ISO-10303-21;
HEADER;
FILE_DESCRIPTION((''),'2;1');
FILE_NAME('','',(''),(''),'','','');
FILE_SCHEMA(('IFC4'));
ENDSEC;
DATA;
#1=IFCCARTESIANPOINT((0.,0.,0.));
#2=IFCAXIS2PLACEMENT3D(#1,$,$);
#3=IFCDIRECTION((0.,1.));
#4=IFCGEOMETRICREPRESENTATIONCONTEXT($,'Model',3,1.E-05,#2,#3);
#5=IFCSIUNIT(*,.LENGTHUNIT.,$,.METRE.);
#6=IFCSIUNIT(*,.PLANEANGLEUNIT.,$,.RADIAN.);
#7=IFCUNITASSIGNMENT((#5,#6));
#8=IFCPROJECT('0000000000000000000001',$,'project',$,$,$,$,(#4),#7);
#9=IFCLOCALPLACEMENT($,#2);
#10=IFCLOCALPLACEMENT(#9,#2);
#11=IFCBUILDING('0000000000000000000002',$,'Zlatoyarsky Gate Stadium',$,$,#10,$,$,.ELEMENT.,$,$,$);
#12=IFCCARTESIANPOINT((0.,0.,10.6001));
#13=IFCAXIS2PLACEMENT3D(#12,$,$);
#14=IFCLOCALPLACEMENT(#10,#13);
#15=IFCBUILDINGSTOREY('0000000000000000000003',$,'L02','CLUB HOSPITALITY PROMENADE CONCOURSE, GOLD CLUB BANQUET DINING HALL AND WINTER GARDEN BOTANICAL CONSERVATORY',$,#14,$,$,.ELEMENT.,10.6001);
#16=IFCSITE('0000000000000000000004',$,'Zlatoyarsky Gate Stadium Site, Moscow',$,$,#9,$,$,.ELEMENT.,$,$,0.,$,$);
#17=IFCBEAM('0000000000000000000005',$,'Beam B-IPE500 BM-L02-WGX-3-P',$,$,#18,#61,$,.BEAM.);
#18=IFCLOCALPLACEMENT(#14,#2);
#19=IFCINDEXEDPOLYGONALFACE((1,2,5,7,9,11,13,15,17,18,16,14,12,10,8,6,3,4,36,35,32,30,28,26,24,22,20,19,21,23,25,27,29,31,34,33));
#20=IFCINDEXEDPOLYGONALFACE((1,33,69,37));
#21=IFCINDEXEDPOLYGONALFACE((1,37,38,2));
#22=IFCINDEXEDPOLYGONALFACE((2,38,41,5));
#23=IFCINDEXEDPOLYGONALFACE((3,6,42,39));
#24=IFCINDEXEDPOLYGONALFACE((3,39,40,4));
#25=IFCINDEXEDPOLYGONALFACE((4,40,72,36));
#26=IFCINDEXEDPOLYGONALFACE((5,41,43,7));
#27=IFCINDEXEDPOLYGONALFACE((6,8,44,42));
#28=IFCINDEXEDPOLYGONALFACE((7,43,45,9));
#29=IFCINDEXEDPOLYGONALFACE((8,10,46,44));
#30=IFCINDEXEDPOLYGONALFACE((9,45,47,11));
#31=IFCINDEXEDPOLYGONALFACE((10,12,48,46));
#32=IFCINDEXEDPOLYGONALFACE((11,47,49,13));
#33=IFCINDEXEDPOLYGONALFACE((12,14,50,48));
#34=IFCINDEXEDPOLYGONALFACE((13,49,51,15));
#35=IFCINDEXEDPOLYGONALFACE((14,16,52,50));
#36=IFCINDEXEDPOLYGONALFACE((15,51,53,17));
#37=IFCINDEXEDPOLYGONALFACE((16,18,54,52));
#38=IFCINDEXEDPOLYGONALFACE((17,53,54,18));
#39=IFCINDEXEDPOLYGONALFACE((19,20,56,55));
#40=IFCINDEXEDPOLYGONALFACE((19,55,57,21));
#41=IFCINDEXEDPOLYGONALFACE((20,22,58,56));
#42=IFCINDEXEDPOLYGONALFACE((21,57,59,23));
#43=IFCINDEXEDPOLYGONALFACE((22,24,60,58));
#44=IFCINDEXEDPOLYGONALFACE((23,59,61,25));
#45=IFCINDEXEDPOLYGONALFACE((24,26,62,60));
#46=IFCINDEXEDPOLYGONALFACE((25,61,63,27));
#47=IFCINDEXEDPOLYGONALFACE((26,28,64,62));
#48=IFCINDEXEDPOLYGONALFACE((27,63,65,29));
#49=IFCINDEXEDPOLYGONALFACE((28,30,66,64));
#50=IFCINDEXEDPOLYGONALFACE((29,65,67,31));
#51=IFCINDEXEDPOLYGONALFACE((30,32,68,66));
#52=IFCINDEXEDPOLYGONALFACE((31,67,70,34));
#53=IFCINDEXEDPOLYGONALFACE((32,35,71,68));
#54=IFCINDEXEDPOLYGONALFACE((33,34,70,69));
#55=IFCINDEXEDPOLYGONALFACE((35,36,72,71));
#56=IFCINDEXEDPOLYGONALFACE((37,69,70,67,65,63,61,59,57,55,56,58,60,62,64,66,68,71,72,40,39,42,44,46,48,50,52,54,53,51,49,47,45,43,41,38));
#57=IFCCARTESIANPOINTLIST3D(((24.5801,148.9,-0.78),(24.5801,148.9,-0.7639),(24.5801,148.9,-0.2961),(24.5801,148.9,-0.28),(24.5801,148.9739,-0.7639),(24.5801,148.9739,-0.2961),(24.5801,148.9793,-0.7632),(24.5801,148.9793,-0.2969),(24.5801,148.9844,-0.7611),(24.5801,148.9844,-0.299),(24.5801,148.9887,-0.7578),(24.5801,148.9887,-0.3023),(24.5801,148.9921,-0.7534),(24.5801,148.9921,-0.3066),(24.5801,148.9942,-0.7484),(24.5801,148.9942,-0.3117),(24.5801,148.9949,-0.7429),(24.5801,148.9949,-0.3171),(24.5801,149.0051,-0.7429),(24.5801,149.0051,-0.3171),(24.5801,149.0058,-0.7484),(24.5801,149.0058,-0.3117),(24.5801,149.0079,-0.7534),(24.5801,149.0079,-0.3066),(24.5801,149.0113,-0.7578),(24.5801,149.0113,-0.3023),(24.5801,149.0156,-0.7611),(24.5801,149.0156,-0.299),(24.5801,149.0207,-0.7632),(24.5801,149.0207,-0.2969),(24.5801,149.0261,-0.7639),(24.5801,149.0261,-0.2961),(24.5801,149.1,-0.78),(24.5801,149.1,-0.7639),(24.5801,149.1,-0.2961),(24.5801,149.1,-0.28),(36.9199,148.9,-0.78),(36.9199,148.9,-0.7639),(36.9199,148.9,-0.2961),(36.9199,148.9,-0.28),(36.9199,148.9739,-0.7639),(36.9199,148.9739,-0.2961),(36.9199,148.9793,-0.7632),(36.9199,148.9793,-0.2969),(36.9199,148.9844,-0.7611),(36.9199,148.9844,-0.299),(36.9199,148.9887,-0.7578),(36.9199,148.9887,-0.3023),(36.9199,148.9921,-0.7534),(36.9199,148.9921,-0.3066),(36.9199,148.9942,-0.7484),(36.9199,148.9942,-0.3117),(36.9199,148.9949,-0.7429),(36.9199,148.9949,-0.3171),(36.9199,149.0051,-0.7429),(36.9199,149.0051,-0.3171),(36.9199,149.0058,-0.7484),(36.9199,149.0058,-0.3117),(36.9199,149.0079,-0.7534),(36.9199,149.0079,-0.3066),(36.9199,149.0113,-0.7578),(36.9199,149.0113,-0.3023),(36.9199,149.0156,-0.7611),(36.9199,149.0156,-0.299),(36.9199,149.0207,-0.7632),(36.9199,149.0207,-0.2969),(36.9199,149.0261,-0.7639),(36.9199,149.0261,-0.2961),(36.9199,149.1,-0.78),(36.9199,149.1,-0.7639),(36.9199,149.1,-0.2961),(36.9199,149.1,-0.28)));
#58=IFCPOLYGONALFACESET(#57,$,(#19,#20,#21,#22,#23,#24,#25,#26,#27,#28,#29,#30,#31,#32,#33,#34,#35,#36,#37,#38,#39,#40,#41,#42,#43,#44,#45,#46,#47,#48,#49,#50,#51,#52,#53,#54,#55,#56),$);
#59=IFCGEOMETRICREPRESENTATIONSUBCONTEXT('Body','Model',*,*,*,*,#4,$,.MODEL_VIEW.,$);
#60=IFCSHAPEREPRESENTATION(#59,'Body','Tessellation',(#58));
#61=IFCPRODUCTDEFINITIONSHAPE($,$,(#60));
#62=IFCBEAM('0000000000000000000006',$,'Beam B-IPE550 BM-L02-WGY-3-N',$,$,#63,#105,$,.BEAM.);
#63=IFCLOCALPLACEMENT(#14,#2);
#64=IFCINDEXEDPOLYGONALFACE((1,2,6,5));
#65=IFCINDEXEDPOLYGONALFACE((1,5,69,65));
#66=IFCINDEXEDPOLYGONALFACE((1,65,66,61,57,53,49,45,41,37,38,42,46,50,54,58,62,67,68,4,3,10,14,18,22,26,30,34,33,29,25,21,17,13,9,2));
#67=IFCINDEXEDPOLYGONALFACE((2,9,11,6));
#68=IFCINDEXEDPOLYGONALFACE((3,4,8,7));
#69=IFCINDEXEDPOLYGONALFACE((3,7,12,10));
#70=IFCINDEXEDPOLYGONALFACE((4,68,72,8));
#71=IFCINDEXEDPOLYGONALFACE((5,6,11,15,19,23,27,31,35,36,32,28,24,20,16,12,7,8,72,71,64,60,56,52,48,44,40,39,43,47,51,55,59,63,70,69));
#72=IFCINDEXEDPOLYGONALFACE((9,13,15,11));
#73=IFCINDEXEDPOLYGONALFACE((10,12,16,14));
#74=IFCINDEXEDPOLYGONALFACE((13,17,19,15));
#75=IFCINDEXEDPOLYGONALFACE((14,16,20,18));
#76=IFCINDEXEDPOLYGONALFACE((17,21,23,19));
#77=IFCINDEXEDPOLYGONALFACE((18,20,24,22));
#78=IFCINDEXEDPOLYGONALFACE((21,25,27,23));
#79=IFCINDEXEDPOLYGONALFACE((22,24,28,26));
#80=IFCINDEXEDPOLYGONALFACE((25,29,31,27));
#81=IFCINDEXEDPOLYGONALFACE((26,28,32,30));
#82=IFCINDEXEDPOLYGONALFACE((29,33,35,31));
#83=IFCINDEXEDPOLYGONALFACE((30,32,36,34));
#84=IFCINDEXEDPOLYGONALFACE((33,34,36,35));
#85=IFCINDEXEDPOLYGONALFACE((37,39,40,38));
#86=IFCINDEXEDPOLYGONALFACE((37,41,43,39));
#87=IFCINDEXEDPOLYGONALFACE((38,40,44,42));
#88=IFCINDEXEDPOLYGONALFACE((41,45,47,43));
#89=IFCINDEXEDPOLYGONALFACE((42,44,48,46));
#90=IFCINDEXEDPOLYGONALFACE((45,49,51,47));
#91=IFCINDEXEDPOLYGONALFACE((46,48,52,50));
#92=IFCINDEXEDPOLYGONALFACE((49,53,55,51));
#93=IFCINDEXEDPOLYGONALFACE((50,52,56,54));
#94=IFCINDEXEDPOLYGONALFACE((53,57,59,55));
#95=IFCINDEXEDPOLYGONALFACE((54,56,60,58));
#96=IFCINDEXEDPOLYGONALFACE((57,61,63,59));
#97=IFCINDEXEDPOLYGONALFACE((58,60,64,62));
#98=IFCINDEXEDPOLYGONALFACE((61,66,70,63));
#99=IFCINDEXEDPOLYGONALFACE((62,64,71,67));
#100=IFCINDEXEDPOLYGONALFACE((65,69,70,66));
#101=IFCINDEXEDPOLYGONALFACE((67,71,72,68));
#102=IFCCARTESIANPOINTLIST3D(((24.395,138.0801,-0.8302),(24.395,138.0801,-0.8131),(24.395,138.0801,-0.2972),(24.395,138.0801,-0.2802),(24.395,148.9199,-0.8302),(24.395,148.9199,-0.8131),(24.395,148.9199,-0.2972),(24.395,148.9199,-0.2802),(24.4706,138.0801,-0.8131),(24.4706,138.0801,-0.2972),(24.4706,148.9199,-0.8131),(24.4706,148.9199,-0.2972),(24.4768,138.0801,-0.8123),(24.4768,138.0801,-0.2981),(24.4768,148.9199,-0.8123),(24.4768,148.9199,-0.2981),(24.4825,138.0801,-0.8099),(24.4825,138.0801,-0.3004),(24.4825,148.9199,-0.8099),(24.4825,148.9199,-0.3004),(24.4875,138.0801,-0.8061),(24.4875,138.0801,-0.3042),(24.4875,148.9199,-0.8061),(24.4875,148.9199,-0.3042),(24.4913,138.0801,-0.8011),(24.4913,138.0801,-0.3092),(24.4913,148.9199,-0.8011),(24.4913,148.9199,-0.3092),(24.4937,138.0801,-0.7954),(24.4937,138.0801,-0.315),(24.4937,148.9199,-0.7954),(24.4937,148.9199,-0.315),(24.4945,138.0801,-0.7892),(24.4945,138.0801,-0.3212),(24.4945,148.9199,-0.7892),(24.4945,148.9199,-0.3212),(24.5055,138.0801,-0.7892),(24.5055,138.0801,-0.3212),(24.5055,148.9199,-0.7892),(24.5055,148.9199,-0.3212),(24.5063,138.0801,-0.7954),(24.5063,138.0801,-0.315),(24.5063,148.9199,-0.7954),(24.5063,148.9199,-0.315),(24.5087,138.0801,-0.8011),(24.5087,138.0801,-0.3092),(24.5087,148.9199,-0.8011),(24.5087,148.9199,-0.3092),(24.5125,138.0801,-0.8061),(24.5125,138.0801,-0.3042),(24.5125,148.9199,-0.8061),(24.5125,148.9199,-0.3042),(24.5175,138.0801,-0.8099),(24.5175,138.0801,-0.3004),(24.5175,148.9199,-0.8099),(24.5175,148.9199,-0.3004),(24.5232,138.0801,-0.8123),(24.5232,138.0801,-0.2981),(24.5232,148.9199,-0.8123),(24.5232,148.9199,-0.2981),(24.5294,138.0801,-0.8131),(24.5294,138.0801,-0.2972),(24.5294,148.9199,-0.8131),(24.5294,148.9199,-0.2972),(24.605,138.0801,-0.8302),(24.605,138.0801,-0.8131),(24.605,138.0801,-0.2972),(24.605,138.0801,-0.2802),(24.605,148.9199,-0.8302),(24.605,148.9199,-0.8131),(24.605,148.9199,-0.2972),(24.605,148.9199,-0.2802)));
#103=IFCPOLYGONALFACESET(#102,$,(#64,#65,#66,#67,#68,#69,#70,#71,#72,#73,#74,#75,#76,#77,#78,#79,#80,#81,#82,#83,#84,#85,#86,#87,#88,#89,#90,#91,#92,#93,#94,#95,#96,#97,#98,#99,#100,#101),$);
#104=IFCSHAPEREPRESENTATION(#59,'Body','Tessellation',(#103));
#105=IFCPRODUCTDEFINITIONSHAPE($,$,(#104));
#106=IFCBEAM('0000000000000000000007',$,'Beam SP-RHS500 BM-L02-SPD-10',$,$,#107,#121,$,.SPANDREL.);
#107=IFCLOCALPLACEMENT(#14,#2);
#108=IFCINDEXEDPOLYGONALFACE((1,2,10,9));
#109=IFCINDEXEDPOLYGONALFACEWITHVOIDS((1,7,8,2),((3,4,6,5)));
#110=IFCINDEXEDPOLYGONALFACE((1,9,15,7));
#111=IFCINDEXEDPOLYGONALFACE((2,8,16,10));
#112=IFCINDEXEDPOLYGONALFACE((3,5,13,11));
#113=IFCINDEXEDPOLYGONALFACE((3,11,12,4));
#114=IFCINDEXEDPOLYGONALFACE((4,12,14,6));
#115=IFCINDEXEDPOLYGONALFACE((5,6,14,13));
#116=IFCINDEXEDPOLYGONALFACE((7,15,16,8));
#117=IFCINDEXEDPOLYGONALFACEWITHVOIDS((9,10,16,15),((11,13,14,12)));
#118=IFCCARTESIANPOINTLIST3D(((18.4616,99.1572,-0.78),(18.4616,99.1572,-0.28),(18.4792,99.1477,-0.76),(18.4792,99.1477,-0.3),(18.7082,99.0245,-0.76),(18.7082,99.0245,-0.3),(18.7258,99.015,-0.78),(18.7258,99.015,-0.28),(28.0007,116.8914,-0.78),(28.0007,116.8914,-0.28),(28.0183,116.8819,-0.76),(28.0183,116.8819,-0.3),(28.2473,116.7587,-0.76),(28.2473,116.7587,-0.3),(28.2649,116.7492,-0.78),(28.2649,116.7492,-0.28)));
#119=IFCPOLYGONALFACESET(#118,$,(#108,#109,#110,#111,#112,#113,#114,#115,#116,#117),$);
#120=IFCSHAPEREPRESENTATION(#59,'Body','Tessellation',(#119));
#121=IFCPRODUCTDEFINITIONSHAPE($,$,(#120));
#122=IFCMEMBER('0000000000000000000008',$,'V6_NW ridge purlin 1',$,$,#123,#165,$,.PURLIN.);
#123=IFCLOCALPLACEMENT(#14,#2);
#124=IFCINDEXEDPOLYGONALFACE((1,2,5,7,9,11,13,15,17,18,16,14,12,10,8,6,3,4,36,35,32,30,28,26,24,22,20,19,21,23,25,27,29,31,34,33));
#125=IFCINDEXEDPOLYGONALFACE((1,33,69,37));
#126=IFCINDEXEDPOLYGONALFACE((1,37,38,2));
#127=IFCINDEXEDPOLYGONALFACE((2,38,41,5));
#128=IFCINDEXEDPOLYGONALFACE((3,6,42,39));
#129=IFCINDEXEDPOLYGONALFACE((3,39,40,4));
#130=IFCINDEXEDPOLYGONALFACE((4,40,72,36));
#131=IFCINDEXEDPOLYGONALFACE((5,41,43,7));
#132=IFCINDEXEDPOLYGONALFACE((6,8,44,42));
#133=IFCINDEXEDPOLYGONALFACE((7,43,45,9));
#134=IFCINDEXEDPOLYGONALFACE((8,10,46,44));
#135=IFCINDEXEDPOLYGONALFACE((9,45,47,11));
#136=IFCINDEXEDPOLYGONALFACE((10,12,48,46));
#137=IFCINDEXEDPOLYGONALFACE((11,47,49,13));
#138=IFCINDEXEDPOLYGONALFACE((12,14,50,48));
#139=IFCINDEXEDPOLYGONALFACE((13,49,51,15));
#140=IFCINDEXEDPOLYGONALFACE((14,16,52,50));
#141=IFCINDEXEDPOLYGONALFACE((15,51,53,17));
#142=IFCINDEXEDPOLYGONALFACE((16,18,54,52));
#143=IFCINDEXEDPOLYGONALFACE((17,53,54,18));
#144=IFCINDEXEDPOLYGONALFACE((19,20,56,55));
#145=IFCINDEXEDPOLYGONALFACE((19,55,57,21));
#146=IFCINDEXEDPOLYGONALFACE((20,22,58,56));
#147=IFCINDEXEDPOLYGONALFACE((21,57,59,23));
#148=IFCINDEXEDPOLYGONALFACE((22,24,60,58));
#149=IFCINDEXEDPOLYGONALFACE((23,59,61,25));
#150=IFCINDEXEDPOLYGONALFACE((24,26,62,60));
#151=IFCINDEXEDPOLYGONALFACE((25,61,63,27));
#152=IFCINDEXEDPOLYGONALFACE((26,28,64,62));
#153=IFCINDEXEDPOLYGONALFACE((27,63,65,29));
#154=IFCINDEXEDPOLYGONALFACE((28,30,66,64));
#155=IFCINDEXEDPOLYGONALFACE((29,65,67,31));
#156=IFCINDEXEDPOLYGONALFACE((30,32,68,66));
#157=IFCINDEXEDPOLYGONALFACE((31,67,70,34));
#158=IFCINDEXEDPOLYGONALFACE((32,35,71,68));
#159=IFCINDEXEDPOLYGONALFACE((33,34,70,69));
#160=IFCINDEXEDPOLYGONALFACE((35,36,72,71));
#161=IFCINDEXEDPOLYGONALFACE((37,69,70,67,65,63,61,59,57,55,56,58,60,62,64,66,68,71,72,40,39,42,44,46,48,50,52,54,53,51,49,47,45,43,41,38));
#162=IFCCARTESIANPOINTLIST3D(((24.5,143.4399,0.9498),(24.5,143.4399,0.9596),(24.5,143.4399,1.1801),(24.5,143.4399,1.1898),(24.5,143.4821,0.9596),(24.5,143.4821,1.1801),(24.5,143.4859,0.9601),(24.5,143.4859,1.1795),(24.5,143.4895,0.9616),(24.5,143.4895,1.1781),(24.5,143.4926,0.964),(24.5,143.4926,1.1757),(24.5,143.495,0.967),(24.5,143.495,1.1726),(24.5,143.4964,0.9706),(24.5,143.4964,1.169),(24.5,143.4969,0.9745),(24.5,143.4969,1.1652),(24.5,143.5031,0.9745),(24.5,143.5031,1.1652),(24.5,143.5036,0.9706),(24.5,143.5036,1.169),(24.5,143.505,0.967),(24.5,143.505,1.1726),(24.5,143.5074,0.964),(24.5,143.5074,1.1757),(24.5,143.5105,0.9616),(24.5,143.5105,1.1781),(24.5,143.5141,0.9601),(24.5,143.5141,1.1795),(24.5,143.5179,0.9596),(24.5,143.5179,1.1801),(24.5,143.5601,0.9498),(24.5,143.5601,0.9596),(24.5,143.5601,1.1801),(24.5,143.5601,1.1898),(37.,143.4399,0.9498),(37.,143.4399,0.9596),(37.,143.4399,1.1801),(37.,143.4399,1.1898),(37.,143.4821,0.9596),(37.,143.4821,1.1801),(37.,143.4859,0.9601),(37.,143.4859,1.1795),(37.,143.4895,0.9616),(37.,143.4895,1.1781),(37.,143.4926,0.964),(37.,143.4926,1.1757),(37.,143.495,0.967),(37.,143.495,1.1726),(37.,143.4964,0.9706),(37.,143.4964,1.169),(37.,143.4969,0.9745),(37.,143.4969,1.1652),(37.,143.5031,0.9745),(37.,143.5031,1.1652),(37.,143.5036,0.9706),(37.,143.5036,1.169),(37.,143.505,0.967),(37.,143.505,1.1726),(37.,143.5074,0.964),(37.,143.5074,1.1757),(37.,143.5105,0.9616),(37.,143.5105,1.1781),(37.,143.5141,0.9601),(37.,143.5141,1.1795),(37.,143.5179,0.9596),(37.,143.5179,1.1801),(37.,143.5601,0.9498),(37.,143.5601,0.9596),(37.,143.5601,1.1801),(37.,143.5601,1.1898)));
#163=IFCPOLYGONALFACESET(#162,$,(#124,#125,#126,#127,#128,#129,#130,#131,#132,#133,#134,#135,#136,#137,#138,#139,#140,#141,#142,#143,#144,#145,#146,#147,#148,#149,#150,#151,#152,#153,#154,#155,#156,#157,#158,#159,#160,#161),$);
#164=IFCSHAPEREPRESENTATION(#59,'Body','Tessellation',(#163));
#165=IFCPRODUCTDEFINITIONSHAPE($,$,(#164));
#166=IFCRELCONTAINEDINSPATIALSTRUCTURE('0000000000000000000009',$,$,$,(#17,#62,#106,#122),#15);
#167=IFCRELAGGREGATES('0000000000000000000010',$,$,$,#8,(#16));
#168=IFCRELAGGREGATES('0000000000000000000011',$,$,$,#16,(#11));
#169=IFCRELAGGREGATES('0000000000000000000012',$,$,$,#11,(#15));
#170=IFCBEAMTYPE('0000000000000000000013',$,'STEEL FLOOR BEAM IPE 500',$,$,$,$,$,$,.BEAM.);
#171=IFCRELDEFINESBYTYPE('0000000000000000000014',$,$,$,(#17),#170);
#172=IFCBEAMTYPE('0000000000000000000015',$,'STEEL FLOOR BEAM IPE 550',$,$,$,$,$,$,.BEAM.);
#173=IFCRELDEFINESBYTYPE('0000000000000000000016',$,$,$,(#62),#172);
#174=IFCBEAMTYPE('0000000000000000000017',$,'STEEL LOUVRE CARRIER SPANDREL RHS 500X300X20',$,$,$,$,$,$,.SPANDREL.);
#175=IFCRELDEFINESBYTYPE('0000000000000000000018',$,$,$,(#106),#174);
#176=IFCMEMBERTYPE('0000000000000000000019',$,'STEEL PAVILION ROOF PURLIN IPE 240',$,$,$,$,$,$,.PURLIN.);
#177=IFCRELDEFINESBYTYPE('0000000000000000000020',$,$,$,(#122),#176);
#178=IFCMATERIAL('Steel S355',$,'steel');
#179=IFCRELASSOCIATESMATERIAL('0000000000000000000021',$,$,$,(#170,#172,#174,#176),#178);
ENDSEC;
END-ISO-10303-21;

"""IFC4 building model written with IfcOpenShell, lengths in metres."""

from ifc_helpers import new_model, si_unit, direction, frame, origin, origin_2d, place, context, subcontext, project, spatial, hollow_rectangle, i_section, extrude, material, material_profile, profile_set, type_object, element, save


model = new_model("IFC4")

# Units and contexts
model_context = context("Model", 3, precision=1e-05, world=origin(), true_north=direction((0.0, 1.0)))
body_context = subcontext(model_context, "Body", "Model", "MODEL_VIEW")
ifc_project = project(units=[si_unit("LENGTHUNIT", "METRE"), si_unit("PLANEANGLEUNIT", "RADIAN")], contexts=[model_context])

# Site, building, storey
site_placement = place(None, origin())
site = spatial("IfcSite", under=ifc_project, at=site_placement, Name="Zlatoyarsky Gate Stadium Site, Moscow", CompositionType="ELEMENT", RefElevation=0.0)
building_placement = place(site_placement, origin())
building = spatial("IfcBuilding", under=site, at=building_placement, Name="Zlatoyarsky Gate Stadium", CompositionType="ELEMENT")
storey_placement = place(building_placement, frame((0.0, 0.0, 10.6001)))
storey = spatial("IfcBuildingStorey", under=building, at=storey_placement, Name="L02", Description="CLUB HOSPITALITY PROMENADE CONCOURSE, GOLD CLUB BANQUET DINING HALL AND WINTER GARDEN BOTANICAL CONSERVATORY", CompositionType="ELEMENT", Elevation=10.6001)

# Shared definitions
ifc_material_1 = material(Name="Steel S355", Category="steel")

# Beams
ifc_material_profile_1 = material_profile(ifc_material_1, i_section(OverallWidth=0.2, OverallDepth=0.5, WebThickness=0.0103, FlangeThickness=0.0161, FilletRadius=0.021, at=origin_2d()), Name="IPE 500")
ifc_profile_set_1 = profile_set([ifc_material_profile_1], Name="Steel S355")
beam_type_1 = type_object("IfcBeamType", Name="STEEL FLOOR BEAM IPE 500", PredefinedType="BEAM", material=ifc_profile_set_1)
for number, where, z_axis, x_axis, name in (
    (1, (24.5801, 149.0, -0.53), (1.0, 0.0, 0.0), (0.0, 1.0, 0.0), "Beam B-IPE500 BM-L02-WGX-3-P"),
):
    element("IfcBeam", number, at=place(storey_placement, frame(where, z_axis=z_axis, x_axis=x_axis)), inside=storey, type_object=beam_type_1, Name=name, PredefinedType="BEAM", context=body_context, shape_type="SweptSolid", body=[
        extrude(i_section(OverallWidth=0.2, OverallDepth=0.5, WebThickness=0.0103, FlangeThickness=0.0161, FilletRadius=0.021, at=origin_2d()), origin(), (0.0, 0.0, 1.0), 12.3398),
    ])
ifc_material_profile_2 = material_profile(ifc_material_1, i_section(OverallWidth=0.21, OverallDepth=0.55, WebThickness=0.011, FlangeThickness=0.0171, FilletRadius=0.0239, at=origin_2d()), Name="IPE 550")
ifc_profile_set_2 = profile_set([ifc_material_profile_2], Name="Steel S355")
beam_type_2 = type_object("IfcBeamType", Name="STEEL FLOOR BEAM IPE 550", PredefinedType="BEAM", material=ifc_profile_set_2)
beam_1_placement = place(storey_placement, frame((24.5, 138.0801, -0.5552), z_axis=(0.0, 1.0, 0.0), x_axis=(-1.0, 0.0, 0.0)))
element("IfcBeam", 2, at=beam_1_placement, inside=storey, type_object=beam_type_2, Name="Beam B-IPE550 BM-L02-WGY-3-N", PredefinedType="BEAM", context=body_context, shape_type="SweptSolid", body=[
    extrude(i_section(OverallWidth=0.21, OverallDepth=0.55, WebThickness=0.011, FlangeThickness=0.0171, FilletRadius=0.0239, at=origin_2d()), origin(), (0.0, 0.0, 1.0), 10.8398),
])
ifc_material_profile_3 = material_profile(ifc_material_1, hollow_rectangle(XDim=0.3, YDim=0.5, WallThickness=0.02, at=origin_2d()), Name="RHS 500X300X20")
ifc_profile_set_3 = profile_set([ifc_material_profile_3], Name="Steel S355")
beam_type_3 = type_object("IfcBeamType", Name="STEEL LOUVRE CARRIER SPANDREL RHS 500X300X20", PredefinedType="SPANDREL", material=ifc_profile_set_3)
beam_2_placement = place(storey_placement, frame((28.1328, 116.8203, -0.53), z_axis=(-0.473712, -0.88068, 0.0), x_axis=(0.88068, -0.473712, 0.0)))
element("IfcBeam", 3, at=beam_2_placement, inside=storey, type_object=beam_type_3, Name="Beam SP-RHS500 BM-L02-SPD-10", PredefinedType="SPANDREL", context=body_context, shape_type="SweptSolid", body=[
    extrude(hollow_rectangle(XDim=0.3, YDim=0.5, WallThickness=0.02, at=origin_2d()), origin(), (0.0, 0.0, 1.0), 20.137),
])

# Member
ifc_material_profile_4 = material_profile(ifc_material_1, i_section(OverallWidth=0.1201, OverallDepth=0.24, WebThickness=0.0061, FlangeThickness=0.0098, FilletRadius=0.0149, at=origin_2d()), Name="IPE 240")
ifc_profile_set_4 = profile_set([ifc_material_profile_4], Name="Steel S355")
member_type_1 = type_object("IfcMemberType", Name="STEEL PAVILION ROOF PURLIN IPE 240", PredefinedType="PURLIN", material=ifc_profile_set_4)
for number, where, z_axis, x_axis, name in (
    (4, (24.5, 143.5, 1.0698), (1.0, 0.0, 0.0), (0.0, 1.0, 0.0), "V6_NW ridge purlin 1"),
):
    element("IfcMember", number, at=place(storey_placement, frame(where, z_axis=z_axis, x_axis=x_axis)), inside=storey, type_object=member_type_1, Name=name, PredefinedType="PURLIN", context=body_context, shape_type="SweptSolid", body=[
        extrude(i_section(OverallWidth=0.1201, OverallDepth=0.24, WebThickness=0.0061, FlangeThickness=0.0098, FilletRadius=0.0149, at=origin_2d()), origin(), (0.0, 0.0, 1.0), 12.5),
    ])

save(model, "model.ifc")
